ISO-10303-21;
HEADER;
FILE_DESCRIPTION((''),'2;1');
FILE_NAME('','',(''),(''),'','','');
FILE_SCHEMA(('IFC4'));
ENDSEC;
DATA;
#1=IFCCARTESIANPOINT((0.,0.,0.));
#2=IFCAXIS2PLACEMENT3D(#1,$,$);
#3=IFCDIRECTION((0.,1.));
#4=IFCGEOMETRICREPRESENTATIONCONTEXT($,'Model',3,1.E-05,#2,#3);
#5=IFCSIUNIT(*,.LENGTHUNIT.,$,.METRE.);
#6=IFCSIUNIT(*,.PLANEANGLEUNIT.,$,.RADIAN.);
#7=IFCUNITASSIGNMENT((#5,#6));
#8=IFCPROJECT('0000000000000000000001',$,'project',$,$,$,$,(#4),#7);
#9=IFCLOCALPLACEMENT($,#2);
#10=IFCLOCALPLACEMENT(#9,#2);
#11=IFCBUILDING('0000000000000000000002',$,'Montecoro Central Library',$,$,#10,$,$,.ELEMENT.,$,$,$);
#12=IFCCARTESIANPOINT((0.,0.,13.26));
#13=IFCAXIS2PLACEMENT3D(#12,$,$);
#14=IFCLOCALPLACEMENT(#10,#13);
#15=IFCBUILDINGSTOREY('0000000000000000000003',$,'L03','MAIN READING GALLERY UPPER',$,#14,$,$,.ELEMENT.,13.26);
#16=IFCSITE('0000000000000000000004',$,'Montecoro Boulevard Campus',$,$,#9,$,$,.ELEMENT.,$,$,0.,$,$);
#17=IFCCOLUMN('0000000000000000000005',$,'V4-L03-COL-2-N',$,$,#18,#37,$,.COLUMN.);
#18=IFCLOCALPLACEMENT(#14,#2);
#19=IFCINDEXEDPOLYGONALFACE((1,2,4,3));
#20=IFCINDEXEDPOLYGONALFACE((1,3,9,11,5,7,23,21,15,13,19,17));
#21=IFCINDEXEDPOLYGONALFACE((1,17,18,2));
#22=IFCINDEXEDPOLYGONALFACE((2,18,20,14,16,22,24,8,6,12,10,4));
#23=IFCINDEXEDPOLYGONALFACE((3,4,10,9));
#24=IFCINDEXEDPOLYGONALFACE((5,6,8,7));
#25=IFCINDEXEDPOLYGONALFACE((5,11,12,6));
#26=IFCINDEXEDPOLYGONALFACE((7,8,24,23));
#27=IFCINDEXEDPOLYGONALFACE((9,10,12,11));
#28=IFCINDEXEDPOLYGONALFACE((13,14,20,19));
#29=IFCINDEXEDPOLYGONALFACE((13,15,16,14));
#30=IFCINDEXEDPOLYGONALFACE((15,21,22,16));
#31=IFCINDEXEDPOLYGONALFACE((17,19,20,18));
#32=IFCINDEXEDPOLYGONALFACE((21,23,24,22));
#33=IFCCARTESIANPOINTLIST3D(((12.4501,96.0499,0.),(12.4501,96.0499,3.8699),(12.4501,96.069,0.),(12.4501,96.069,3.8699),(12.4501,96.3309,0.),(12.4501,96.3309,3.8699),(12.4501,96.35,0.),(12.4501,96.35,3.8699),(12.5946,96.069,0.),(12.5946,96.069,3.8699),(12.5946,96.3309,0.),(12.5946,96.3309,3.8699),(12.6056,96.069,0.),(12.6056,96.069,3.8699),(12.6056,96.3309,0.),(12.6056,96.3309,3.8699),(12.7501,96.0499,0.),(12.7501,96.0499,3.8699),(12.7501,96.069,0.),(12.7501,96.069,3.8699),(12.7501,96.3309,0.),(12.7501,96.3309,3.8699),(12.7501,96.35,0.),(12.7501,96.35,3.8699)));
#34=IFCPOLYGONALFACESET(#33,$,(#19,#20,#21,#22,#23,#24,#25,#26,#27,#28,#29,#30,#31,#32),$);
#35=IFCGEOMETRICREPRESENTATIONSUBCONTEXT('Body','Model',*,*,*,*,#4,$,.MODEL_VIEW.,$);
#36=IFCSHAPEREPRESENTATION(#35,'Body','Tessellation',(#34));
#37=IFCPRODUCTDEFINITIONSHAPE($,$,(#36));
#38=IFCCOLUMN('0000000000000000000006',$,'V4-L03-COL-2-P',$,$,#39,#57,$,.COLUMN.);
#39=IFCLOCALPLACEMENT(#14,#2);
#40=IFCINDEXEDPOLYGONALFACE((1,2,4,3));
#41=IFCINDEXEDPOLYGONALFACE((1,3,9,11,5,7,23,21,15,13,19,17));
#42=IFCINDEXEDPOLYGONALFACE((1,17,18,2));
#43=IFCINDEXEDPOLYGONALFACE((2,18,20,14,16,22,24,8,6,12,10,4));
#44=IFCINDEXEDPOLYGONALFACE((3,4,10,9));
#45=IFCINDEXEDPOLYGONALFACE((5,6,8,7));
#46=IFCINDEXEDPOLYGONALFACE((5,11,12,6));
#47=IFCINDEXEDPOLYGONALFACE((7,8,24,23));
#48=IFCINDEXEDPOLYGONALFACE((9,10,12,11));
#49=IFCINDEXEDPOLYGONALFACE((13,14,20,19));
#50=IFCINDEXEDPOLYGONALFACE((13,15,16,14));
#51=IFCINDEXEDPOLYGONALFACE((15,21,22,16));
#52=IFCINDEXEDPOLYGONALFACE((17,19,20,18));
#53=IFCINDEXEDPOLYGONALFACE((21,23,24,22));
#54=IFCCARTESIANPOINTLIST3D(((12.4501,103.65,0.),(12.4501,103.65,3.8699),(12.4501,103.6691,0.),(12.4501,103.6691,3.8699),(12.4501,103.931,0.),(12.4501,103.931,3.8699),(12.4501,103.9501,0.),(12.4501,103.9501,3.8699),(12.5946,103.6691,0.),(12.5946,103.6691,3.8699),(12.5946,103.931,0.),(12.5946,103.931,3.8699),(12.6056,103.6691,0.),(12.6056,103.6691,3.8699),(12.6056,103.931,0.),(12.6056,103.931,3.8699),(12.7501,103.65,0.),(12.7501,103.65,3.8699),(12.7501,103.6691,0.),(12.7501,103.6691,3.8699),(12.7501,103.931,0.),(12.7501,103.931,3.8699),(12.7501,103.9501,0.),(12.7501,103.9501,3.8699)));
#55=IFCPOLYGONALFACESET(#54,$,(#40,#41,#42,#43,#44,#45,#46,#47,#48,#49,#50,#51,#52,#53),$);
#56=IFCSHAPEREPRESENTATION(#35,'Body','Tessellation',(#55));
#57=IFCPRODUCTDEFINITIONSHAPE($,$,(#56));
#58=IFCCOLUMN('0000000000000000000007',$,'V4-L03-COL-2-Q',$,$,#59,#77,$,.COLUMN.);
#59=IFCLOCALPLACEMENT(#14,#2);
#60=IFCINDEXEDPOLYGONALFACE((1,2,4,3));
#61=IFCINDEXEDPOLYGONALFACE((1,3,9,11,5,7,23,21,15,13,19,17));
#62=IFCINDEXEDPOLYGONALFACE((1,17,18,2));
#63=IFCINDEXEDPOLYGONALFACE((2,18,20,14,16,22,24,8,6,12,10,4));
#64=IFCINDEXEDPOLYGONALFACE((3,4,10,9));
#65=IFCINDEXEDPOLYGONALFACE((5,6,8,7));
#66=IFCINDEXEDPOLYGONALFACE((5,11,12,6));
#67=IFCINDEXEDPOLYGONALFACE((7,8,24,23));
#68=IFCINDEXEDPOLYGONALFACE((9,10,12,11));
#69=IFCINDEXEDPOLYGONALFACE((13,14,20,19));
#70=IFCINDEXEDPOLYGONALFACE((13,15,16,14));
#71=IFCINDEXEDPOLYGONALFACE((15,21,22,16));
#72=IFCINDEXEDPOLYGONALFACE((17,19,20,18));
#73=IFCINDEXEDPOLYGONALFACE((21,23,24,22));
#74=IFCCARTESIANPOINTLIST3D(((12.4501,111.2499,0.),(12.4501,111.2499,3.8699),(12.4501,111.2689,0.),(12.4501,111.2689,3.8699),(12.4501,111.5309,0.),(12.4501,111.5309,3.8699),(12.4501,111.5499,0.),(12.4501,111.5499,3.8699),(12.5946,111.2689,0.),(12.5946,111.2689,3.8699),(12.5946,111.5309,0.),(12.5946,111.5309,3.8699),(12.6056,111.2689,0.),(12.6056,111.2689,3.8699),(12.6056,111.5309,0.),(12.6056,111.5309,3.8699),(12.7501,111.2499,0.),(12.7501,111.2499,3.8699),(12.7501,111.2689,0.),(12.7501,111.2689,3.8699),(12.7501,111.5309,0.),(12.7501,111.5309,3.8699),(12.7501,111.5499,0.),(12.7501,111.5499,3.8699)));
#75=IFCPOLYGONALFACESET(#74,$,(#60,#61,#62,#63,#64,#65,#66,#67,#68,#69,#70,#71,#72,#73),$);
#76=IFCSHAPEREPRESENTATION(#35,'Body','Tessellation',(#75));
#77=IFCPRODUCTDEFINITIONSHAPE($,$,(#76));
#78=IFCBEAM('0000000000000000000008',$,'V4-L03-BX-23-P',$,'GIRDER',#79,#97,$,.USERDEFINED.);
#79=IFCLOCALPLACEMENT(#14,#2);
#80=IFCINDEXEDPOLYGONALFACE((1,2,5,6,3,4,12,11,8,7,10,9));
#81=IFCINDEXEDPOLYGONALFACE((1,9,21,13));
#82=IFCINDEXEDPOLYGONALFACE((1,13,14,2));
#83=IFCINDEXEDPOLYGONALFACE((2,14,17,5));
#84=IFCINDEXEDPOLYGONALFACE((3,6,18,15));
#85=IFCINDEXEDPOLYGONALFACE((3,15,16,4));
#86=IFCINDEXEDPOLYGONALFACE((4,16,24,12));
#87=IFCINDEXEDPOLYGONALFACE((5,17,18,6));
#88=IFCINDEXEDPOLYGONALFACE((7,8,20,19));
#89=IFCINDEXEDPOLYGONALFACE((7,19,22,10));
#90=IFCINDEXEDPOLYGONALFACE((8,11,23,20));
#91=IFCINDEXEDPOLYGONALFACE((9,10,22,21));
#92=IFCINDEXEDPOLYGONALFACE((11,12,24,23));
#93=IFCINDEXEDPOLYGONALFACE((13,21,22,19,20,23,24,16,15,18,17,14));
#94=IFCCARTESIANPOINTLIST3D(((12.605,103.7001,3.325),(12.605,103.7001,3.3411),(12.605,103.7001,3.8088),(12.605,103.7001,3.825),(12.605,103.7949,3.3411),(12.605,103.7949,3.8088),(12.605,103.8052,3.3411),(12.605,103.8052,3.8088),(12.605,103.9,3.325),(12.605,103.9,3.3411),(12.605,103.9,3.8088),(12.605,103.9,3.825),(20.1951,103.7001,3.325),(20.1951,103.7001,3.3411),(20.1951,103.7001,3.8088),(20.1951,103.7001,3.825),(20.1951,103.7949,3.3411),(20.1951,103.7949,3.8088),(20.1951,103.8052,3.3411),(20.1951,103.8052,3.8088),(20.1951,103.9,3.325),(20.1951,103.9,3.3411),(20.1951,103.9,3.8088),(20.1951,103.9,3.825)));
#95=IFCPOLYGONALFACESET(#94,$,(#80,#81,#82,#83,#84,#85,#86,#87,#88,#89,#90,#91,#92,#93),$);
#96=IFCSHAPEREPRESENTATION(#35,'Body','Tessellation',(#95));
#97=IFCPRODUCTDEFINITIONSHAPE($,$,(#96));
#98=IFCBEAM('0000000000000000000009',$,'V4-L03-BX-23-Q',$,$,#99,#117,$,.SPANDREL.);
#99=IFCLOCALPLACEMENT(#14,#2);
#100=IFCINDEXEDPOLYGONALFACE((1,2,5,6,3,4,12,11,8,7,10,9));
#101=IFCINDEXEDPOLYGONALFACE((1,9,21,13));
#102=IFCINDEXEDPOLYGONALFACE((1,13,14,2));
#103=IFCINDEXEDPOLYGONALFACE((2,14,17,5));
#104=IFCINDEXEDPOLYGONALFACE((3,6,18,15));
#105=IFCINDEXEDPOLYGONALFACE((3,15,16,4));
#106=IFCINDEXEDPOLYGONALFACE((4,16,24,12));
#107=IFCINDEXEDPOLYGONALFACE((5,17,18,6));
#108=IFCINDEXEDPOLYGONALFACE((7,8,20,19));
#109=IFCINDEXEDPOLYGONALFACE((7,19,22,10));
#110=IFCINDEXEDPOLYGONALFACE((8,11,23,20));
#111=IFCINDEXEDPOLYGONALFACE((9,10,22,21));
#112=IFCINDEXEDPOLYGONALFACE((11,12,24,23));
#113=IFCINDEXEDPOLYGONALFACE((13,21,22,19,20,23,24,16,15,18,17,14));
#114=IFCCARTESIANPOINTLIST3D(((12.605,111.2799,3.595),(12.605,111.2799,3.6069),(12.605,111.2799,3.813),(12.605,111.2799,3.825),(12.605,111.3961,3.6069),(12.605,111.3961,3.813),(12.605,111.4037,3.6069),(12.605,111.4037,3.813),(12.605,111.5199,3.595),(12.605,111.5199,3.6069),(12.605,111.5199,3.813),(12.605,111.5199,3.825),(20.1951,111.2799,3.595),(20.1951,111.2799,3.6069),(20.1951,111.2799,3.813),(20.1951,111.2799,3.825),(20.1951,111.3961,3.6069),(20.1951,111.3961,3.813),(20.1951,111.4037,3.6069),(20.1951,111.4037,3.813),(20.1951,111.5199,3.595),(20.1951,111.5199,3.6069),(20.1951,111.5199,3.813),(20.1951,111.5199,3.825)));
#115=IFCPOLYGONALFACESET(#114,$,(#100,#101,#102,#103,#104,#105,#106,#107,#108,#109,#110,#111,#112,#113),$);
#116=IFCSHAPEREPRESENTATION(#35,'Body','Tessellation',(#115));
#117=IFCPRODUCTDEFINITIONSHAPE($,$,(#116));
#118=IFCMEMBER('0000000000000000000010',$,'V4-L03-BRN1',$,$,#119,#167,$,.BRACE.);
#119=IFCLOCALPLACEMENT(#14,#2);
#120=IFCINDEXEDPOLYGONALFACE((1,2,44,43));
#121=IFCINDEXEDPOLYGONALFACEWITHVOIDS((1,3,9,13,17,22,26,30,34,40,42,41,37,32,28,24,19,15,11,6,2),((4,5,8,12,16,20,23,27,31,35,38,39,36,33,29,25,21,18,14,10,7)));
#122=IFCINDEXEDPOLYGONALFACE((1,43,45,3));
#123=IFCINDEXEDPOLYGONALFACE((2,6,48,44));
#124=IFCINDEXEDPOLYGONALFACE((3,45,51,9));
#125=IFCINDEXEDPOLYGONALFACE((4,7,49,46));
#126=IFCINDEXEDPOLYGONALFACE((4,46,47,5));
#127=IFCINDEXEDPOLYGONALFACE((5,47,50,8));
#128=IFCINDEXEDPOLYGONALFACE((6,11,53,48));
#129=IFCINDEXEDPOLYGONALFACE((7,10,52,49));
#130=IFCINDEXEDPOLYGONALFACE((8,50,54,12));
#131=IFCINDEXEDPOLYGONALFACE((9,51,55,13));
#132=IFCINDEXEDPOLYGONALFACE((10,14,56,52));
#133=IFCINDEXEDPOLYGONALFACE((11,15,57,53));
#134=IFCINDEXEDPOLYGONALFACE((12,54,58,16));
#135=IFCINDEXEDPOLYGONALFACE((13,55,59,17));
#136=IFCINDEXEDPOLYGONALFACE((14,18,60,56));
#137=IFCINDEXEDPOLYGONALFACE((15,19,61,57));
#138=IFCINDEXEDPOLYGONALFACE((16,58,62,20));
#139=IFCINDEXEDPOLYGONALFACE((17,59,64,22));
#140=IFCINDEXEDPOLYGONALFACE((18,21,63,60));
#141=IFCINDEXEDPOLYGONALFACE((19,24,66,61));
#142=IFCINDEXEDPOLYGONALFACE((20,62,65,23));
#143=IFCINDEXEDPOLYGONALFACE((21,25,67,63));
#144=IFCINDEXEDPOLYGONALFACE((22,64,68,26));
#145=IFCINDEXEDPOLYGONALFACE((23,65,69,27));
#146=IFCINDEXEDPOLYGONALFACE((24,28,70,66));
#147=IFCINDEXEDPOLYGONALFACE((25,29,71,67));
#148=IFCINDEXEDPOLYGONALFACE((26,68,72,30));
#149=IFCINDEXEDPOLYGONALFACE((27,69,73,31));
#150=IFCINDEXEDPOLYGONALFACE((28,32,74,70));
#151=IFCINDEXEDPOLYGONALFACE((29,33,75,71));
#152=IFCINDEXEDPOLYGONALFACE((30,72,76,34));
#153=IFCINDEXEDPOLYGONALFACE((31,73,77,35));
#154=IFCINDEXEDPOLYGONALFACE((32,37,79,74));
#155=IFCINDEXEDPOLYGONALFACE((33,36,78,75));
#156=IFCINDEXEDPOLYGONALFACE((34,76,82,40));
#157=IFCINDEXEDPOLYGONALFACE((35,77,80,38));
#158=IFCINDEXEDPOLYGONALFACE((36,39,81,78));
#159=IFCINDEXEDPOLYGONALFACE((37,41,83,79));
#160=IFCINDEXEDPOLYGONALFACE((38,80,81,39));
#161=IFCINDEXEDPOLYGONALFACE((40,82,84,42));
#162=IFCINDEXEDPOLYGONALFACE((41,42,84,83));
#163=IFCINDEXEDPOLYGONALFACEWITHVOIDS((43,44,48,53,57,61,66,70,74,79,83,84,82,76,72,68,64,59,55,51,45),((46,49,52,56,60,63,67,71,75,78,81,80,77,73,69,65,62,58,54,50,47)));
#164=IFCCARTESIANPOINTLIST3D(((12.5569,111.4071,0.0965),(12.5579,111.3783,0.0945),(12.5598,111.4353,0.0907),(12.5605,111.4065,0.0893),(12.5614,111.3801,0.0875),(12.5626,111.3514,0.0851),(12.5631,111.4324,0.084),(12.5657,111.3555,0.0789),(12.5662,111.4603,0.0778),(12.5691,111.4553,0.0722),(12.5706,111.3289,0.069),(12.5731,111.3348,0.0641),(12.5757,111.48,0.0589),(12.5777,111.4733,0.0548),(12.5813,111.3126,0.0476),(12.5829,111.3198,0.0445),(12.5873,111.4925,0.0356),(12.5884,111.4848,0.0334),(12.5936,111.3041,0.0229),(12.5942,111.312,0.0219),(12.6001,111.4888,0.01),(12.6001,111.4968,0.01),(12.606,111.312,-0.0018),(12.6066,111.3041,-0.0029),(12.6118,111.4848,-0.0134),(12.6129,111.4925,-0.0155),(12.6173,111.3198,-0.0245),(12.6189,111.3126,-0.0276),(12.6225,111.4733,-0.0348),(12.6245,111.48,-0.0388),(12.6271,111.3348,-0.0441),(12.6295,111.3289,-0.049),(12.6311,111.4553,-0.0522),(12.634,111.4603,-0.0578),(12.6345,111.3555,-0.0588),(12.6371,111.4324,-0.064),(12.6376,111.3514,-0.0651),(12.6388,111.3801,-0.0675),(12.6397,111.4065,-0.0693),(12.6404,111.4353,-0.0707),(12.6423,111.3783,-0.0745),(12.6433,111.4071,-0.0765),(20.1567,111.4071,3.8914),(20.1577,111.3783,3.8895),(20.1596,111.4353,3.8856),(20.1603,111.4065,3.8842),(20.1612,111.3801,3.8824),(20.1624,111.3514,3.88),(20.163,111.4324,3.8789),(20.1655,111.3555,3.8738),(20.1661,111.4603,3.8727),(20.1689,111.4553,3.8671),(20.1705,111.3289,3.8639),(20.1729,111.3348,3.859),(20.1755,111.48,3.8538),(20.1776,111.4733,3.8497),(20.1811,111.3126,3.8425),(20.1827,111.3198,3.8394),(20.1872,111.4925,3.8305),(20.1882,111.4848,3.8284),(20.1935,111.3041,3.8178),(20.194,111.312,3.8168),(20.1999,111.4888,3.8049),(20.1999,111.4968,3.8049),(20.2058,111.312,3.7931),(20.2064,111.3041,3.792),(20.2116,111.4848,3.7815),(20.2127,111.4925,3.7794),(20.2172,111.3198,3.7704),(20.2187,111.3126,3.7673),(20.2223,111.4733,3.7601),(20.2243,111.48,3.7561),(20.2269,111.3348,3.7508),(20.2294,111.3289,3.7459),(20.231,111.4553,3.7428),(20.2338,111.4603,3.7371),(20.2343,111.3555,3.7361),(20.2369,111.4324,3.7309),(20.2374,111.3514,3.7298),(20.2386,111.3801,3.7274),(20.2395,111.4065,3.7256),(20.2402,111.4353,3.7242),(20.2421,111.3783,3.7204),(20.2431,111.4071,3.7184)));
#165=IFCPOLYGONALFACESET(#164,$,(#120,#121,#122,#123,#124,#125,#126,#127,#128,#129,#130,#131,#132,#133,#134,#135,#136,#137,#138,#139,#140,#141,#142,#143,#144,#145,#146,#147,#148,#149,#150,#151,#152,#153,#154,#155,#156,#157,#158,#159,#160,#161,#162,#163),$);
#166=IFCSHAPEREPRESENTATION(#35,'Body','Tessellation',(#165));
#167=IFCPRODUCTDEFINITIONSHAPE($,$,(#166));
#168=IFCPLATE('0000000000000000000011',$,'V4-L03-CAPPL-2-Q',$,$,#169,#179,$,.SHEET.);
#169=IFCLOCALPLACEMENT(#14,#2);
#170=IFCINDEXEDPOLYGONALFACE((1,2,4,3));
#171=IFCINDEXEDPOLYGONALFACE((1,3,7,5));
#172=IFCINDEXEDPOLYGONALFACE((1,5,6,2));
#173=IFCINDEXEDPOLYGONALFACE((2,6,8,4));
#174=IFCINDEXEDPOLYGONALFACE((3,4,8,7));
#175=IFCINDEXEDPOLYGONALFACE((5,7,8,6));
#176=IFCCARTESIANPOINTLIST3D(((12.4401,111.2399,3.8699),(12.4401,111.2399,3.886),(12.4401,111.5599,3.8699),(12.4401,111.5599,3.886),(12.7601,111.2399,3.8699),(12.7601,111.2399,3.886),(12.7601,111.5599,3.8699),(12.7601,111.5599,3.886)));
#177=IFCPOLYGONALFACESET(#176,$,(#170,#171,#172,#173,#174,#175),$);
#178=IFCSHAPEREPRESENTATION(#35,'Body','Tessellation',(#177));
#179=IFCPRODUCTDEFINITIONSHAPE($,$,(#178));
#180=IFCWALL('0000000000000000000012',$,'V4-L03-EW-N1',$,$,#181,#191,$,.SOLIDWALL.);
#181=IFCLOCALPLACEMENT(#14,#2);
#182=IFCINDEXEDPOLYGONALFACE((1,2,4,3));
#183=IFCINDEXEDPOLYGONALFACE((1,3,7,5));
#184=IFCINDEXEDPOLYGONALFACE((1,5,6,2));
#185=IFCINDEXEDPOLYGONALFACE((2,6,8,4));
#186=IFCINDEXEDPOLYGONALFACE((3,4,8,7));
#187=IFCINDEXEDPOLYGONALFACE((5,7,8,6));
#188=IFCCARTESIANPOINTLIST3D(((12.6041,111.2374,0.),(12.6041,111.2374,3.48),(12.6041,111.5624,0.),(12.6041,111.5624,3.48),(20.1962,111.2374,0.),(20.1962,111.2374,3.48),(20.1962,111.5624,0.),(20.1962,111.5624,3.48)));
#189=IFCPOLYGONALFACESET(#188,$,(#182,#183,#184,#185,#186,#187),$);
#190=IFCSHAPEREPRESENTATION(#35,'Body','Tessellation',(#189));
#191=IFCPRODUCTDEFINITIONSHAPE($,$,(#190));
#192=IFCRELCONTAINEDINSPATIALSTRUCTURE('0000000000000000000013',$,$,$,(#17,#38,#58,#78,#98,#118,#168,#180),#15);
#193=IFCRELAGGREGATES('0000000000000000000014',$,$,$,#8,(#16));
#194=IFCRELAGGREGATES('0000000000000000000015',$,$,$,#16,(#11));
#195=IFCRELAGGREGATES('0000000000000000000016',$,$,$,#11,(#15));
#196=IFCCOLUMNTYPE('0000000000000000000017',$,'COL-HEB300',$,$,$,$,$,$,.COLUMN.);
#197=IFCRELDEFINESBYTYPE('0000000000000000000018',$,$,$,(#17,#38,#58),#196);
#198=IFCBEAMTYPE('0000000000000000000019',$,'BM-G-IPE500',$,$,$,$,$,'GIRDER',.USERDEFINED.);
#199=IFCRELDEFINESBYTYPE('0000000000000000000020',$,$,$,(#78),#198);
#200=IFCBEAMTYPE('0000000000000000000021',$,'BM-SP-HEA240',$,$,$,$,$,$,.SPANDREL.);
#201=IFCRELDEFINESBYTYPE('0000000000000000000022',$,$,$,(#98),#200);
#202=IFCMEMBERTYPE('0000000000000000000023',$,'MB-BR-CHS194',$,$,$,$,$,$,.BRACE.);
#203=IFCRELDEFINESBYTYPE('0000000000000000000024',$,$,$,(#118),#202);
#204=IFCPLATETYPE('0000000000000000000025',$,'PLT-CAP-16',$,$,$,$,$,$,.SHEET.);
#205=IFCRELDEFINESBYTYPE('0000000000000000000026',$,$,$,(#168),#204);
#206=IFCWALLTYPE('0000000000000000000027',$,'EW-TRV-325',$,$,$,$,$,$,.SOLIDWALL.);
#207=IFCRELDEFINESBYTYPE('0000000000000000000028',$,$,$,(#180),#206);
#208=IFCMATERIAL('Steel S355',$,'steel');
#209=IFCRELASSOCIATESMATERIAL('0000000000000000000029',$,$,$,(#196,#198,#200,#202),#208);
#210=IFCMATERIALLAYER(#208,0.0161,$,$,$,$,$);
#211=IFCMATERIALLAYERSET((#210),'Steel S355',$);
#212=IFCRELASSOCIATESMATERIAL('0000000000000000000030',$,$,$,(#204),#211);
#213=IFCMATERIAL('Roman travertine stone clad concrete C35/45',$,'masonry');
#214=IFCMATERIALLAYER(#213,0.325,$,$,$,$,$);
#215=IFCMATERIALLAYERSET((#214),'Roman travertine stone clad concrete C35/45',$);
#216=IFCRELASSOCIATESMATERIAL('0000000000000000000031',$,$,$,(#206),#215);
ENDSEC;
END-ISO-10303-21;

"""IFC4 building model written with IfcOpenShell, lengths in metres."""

from ifc_helpers import new_model, si_unit, direction, frame, frame_2d, origin, origin_2d, place, context, subcontext, project, spatial, rectangle, hollow_circle, i_section, extrude, material, layer, layer_set, material_profile, profile_set, type_object, element, save


model = new_model("IFC4")

# Units and contexts
model_context = context("Model", 3, precision=1e-05, world=origin(), true_north=direction((0.0, 1.0)))
body_context = subcontext(model_context, "Body", "Model", "MODEL_VIEW")
ifc_project = project(units=[si_unit("LENGTHUNIT", "METRE"), si_unit("PLANEANGLEUNIT", "RADIAN")], contexts=[model_context])

# Site, building, storey
site_placement = place(None, origin())
site = spatial("IfcSite", under=ifc_project, at=site_placement, Name="Montecoro Boulevard Campus", CompositionType="ELEMENT", RefElevation=0.0)
building_placement = place(site_placement, origin())
building = spatial("IfcBuilding", under=site, at=building_placement, Name="Montecoro Central Library", CompositionType="ELEMENT")
storey_placement = place(building_placement, frame((0.0, 0.0, 13.26)))
storey = spatial("IfcBuildingStorey", under=building, at=storey_placement, Name="L03", Description="MAIN READING GALLERY UPPER", CompositionType="ELEMENT", Elevation=13.26)

# Columns
ifc_material_1 = material(Name="Steel S355", Category="steel")
ifc_material_profile_1 = material_profile(ifc_material_1, i_section(OverallWidth=0.3, OverallDepth=0.3, WebThickness=0.011, FlangeThickness=0.019, at=origin_2d()), Name="HEB 300")
ifc_profile_set_1 = profile_set([ifc_material_profile_1], Name="Steel S355")
column_type = type_object("IfcColumnType", Name="COL-HEB300", PredefinedType="COLUMN", material=ifc_profile_set_1)
for number, where, z_axis, x_axis, name in (
    (1, (12.6001, 96.2, 0.0), (0.0, 0.0, 1.0), (1.0, 0.0, 0.0), "V4-L03-COL-2-N"),
    (2, (12.6001, 103.8, 0.0), (0.0, 0.0, 1.0), (1.0, 0.0, 0.0), "V4-L03-COL-2-P"),
    (3, (12.6001, 111.3999, 0.0), (0.0, 0.0, 1.0), (1.0, 0.0, 0.0), "V4-L03-COL-2-Q"),
):
    element("IfcColumn", number, at=place(storey_placement, frame(where, z_axis=z_axis, x_axis=x_axis)), inside=storey, type_object=column_type, Name=name, PredefinedType="COLUMN", context=body_context, shape_type="SweptSolid", body=[
        extrude(i_section(OverallWidth=0.3, OverallDepth=0.3, WebThickness=0.011, FlangeThickness=0.019, at=origin_2d()), origin(), (0.0, 0.0, 1.0), 3.8699),
    ])

# Beams
ifc_material_profile_2 = material_profile(ifc_material_1, i_section(OverallWidth=0.2, OverallDepth=0.5, WebThickness=0.0103, FlangeThickness=0.0161, at=origin_2d()), Name="IPE 500")
ifc_profile_set_2 = profile_set([ifc_material_profile_2], Name="Steel S355")
beam_type_1 = type_object("IfcBeamType", Name="BM-G-IPE500", ElementType="GIRDER", PredefinedType="USERDEFINED", material=ifc_profile_set_2)
beam_1_placement = place(storey_placement, frame((12.605, 103.8, 3.575), z_axis=(1.0, 0.0, 0.0), x_axis=(0.0, 1.0, 0.0)))
element("IfcBeam", 4, at=beam_1_placement, inside=storey, type_object=beam_type_1, Name="V4-L03-BX-23-P", ObjectType="GIRDER", PredefinedType="USERDEFINED", context=body_context, shape_type="SweptSolid", body=[
    extrude(i_section(OverallWidth=0.2, OverallDepth=0.5, WebThickness=0.0103, FlangeThickness=0.0161, at=origin_2d()), origin(), (0.0, 0.0, 1.0), 7.5901),
])
ifc_material_profile_3 = material_profile(ifc_material_1, i_section(OverallWidth=0.24, OverallDepth=0.23, WebThickness=0.0076, FlangeThickness=0.012, at=origin_2d()), Name="HEA 240")
ifc_profile_set_3 = profile_set([ifc_material_profile_3], Name="Steel S355")
beam_type_2 = type_object("IfcBeamType", Name="BM-SP-HEA240", PredefinedType="SPANDREL", material=ifc_profile_set_3)
beam_2_placement = place(storey_placement, frame((12.605, 111.3999, 3.71), z_axis=(1.0, 0.0, 0.0), x_axis=(0.0, 1.0, 0.0)))
element("IfcBeam", 5, at=beam_2_placement, inside=storey, type_object=beam_type_2, Name="V4-L03-BX-23-Q", PredefinedType="SPANDREL", context=body_context, shape_type="SweptSolid", body=[
    extrude(i_section(OverallWidth=0.24, OverallDepth=0.23, WebThickness=0.0076, FlangeThickness=0.012, at=origin_2d()), origin(), (0.0, 0.0, 1.0), 7.5901),
])

# Member
ifc_material_profile_4 = material_profile(ifc_material_1, hollow_circle(Radius=0.0969, WallThickness=0.0081, at=origin_2d()), Name="CHS 193.7x8.0")
ifc_profile_set_4 = profile_set([ifc_material_profile_4], Name="Steel S355")
member_type = type_object("IfcMemberType", Name="MB-BR-CHS194", PredefinedType="BRACE", material=ifc_profile_set_4)
member_placement = place(storey_placement, frame((12.6001, 111.3999, 0.01), z_axis=(0.894663, 0.0, 0.446742), x_axis=(0.0, 1.0, 0.0)))
element("IfcMember", 6, at=member_placement, inside=storey, type_object=member_type, Name="V4-L03-BRN1", PredefinedType="BRACE", context=body_context, shape_type="SweptSolid", body=[
    extrude(hollow_circle(Radius=0.0969, WallThickness=0.0081, at=origin_2d()), origin(), (0.0, 0.0, 1.0), 8.4946),
])

# Plate
ifc_layer_1 = layer(ifc_material_1, 0.0161)
ifc_layer_set_1 = layer_set([ifc_layer_1], Name="Steel S355")
plate_type = type_object("IfcPlateType", Name="PLT-CAP-16", PredefinedType="SHEET", material=ifc_layer_set_1)
plate_placement = place(storey_placement, frame((12.6001, 111.3999, 3.8699), z_axis=(0.0, 0.0, 1.0), x_axis=(1.0, 0.0, 0.0)))
element("IfcPlate", 7, at=plate_placement, inside=storey, type_object=plate_type, Name="V4-L03-CAPPL-2-Q", PredefinedType="SHEET", context=body_context, shape_type="SweptSolid", body=[
    extrude(rectangle(XDim=0.3201, YDim=0.3201, at=origin_2d()), origin(), (0.0, 0.0, 1.0), 0.0161),
])

# Wall
ifc_material_2 = material(Name="Roman travertine stone clad concrete C35/45", Category="masonry")
ifc_layer_2 = layer(ifc_material_2, 0.325)
ifc_layer_set_2 = layer_set([ifc_layer_2], Name="Roman travertine stone clad concrete C35/45")
wall_type_1 = type_object("IfcWallType", Name="EW-TRV-325", PredefinedType="SOLIDWALL", material=ifc_layer_set_2)
wall_1_placement = place(storey_placement, frame((20.196, 111.3999, 0.0), z_axis=(0.0, 0.0, 1.0), x_axis=(-1.0, 0.0, 0.0)))
element("IfcWall", 8, at=wall_1_placement, inside=storey, type_object=wall_type_1, Name="V4-L03-EW-N1", PredefinedType="SOLIDWALL", context=body_context, shape_type="SweptSolid", body=[
    extrude(rectangle(XDim=7.592, YDim=0.325, at=frame_2d((3.7959, 0.0))), origin(), (0.0, 0.0, 1.0), 3.48),
])

save(model, "model.ifc")
